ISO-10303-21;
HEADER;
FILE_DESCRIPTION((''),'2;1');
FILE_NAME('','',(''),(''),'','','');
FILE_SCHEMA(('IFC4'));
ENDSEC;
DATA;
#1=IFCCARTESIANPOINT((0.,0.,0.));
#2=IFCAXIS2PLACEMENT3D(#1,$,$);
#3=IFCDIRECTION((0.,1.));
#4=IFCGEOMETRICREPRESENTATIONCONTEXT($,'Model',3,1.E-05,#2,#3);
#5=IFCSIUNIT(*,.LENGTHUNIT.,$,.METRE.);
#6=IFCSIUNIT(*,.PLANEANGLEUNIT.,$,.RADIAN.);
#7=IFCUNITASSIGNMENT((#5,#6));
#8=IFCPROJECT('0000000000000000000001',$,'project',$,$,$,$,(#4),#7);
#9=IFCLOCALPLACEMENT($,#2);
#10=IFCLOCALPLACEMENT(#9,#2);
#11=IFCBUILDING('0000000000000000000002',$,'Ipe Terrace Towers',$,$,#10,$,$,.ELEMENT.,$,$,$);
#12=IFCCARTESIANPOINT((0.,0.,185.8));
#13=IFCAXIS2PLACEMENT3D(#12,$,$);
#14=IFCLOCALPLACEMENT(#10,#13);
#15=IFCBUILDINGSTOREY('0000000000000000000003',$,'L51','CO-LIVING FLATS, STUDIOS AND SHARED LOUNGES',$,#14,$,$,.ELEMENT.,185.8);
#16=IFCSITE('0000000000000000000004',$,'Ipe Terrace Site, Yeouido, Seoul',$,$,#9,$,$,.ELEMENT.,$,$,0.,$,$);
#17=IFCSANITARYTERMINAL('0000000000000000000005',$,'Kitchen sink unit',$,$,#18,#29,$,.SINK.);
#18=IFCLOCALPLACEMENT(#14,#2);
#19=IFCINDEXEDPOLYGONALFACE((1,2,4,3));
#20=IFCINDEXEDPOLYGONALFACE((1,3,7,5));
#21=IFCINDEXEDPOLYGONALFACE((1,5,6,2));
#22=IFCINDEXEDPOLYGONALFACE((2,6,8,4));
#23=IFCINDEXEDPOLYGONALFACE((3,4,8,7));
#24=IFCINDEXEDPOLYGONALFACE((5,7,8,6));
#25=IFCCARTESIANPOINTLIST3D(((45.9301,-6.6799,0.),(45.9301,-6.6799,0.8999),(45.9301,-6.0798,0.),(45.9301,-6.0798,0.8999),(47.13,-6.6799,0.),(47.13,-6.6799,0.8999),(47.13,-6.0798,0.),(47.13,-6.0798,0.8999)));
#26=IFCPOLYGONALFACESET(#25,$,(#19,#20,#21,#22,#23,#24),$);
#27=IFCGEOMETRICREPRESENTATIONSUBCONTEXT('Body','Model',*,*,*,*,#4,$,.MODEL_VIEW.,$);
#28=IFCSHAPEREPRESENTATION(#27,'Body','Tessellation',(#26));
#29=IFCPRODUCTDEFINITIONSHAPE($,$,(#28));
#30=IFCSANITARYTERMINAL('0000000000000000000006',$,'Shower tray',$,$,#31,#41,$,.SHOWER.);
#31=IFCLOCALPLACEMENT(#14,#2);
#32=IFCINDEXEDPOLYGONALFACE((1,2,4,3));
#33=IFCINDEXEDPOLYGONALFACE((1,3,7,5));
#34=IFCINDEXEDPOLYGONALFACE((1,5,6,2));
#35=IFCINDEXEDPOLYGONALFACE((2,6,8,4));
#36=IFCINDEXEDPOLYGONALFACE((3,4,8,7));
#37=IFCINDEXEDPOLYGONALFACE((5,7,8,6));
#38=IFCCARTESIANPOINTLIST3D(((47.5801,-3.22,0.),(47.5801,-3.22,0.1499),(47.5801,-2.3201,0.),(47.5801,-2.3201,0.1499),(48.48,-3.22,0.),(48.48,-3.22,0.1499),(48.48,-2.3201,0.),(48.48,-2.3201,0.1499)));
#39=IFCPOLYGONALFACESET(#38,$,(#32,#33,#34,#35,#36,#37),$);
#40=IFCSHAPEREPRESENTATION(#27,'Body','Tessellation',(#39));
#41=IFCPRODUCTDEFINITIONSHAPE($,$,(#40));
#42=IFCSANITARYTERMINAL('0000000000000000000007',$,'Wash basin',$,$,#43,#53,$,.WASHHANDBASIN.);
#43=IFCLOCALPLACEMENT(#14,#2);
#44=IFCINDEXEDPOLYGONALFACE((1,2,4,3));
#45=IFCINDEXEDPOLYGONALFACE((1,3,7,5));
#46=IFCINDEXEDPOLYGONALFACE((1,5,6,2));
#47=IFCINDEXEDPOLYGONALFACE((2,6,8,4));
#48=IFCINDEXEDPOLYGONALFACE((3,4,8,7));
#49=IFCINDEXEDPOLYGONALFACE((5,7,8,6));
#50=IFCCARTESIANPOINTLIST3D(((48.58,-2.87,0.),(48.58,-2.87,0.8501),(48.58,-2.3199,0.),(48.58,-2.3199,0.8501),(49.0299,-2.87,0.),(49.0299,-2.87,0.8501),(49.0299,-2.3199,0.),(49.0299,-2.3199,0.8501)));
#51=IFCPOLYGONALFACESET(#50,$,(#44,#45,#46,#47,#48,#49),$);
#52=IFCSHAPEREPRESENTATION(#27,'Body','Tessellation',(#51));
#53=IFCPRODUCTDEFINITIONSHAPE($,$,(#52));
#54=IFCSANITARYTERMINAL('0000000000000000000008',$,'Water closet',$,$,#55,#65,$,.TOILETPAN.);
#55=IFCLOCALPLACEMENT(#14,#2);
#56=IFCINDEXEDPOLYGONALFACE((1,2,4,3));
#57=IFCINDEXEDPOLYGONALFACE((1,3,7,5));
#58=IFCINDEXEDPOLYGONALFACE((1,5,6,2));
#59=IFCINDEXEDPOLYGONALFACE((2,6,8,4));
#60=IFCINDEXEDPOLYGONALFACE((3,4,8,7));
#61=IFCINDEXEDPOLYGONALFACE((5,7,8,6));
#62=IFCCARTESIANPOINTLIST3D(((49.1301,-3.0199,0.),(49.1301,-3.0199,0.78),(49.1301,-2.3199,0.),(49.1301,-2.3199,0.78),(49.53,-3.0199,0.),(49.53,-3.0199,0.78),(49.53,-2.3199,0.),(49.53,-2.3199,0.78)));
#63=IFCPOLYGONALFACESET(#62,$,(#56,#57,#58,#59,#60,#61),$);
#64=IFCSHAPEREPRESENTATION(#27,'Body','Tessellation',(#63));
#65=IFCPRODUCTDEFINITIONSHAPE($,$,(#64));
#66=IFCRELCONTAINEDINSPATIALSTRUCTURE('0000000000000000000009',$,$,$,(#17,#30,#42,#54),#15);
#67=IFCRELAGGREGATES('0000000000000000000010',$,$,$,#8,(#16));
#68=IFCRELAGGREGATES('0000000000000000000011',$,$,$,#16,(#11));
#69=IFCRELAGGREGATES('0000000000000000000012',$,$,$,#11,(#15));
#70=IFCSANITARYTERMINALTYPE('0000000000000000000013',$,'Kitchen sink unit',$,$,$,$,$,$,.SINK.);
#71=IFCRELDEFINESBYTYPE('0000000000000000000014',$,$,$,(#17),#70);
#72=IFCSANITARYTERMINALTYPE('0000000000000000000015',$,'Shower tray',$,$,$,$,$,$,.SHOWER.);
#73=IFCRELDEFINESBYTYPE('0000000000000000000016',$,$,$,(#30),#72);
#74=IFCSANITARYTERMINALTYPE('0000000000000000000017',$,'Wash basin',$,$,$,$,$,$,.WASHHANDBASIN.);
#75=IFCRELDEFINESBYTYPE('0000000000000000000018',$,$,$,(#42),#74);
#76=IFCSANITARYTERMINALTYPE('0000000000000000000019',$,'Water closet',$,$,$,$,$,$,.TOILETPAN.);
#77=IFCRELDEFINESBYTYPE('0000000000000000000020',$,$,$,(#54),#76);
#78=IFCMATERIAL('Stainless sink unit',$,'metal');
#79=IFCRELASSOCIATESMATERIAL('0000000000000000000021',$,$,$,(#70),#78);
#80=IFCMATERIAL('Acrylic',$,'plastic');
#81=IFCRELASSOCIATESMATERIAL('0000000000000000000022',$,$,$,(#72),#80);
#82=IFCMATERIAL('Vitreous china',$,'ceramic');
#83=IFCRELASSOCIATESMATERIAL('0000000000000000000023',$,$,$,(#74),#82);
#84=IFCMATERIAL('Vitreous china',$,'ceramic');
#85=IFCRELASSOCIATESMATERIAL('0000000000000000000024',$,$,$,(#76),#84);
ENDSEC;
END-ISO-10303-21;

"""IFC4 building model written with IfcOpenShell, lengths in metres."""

from ifc_helpers import new_model, si_unit, direction, frame, origin, origin_2d, place, context, subcontext, project, spatial, rectangle, extrude, material, type_object, element, save


model = new_model("IFC4")

# Units and contexts
model_context = context("Model", 3, precision=1e-05, world=origin(), true_north=direction((0.0, 1.0)))
body_context = subcontext(model_context, "Body", "Model", "MODEL_VIEW")
ifc_project = project(units=[si_unit("LENGTHUNIT", "METRE"), si_unit("PLANEANGLEUNIT", "RADIAN")], contexts=[model_context])

# Site, building, storey
site_placement = place(None, origin())
site = spatial("IfcSite", under=ifc_project, at=site_placement, Name="Ipe Terrace Site, Yeouido, Seoul", CompositionType="ELEMENT", RefElevation=0.0)
building_placement = place(site_placement, origin())
building = spatial("IfcBuilding", under=site, at=building_placement, Name="Ipe Terrace Towers", CompositionType="ELEMENT")
storey_placement = place(building_placement, frame((0.0, 0.0, 185.8)))
storey = spatial("IfcBuildingStorey", under=building, at=storey_placement, Name="L51", Description="CO-LIVING FLATS, STUDIOS AND SHARED LOUNGES", CompositionType="ELEMENT", Elevation=185.8)

# Sanitary terminals
ifc_material_1 = material(Name="Stainless sink unit", Category="metal")
sanitary_terminal_type_1 = type_object("IfcSanitaryTerminalType", Name="Kitchen sink unit", PredefinedType="SINK", material=ifc_material_1)
sanitary_terminal_1_placement = place(storey_placement, frame((46.53, -6.3799, 0.0), z_axis=(0.0, 0.0, 1.0), x_axis=(-1.0, 0.0, 0.0)))
element("IfcSanitaryTerminal", 1, at=sanitary_terminal_1_placement, inside=storey, type_object=sanitary_terminal_type_1, Name="Kitchen sink unit", PredefinedType="SINK", context=body_context, shape_type="SweptSolid", body=[
    extrude(rectangle(XDim=1.2, YDim=0.6001, at=origin_2d()), origin(), (0.0, 0.0, 1.0), 0.8999),
])
ifc_material_2 = material(Name="Acrylic", Category="plastic")
sanitary_terminal_type_2 = type_object("IfcSanitaryTerminalType", Name="Shower tray", PredefinedType="SHOWER", material=ifc_material_2)
sanitary_terminal_2_placement = place(storey_placement, frame((48.03, -2.77, 0.0), z_axis=(0.0, 0.0, 1.0), x_axis=(0.0, -1.0, 0.0)))
element("IfcSanitaryTerminal", 2, at=sanitary_terminal_2_placement, inside=storey, type_object=sanitary_terminal_type_2, Name="Shower tray", PredefinedType="SHOWER", context=body_context, shape_type="SweptSolid", body=[
    extrude(rectangle(XDim=0.8999, YDim=0.8999, at=origin_2d()), origin(), (0.0, 0.0, 1.0), 0.1499),
])
ifc_material_3 = material(Name="Vitreous china", Category="ceramic")
sanitary_terminal_type_3 = type_object("IfcSanitaryTerminalType", Name="Wash basin", PredefinedType="WASHHANDBASIN", material=ifc_material_3)
sanitary_terminal_3_placement = place(storey_placement, frame((48.8049, -2.595, 0.0), z_axis=(0.0, 0.0, 1.0), x_axis=(0.0, -1.0, 0.0)))
element("IfcSanitaryTerminal", 3, at=sanitary_terminal_3_placement, inside=storey, type_object=sanitary_terminal_type_3, Name="Wash basin", PredefinedType="WASHHANDBASIN", context=body_context, shape_type="SweptSolid", body=[
    extrude(rectangle(XDim=0.55, YDim=0.45, at=origin_2d()), origin(), (0.0, 0.0, 1.0), 0.8501),
])
ifc_material_4 = material(Name="Vitreous china", Category="ceramic")
sanitary_terminal_type_4 = type_object("IfcSanitaryTerminalType", Name="Water closet", PredefinedType="TOILETPAN", material=ifc_material_4)
sanitary_terminal_4_placement = place(storey_placement, frame((49.3301, -2.6699, 0.0), z_axis=(0.0, 0.0, 1.0), x_axis=(0.0, -1.0, 0.0)))
element("IfcSanitaryTerminal", 4, at=sanitary_terminal_4_placement, inside=storey, type_object=sanitary_terminal_type_4, Name="Water closet", PredefinedType="TOILETPAN", context=body_context, shape_type="SweptSolid", body=[
    extrude(rectangle(XDim=0.7, YDim=0.3999, at=origin_2d()), origin(), (0.0, 0.0, 1.0), 0.78),
])

save(model, "model.ifc")
